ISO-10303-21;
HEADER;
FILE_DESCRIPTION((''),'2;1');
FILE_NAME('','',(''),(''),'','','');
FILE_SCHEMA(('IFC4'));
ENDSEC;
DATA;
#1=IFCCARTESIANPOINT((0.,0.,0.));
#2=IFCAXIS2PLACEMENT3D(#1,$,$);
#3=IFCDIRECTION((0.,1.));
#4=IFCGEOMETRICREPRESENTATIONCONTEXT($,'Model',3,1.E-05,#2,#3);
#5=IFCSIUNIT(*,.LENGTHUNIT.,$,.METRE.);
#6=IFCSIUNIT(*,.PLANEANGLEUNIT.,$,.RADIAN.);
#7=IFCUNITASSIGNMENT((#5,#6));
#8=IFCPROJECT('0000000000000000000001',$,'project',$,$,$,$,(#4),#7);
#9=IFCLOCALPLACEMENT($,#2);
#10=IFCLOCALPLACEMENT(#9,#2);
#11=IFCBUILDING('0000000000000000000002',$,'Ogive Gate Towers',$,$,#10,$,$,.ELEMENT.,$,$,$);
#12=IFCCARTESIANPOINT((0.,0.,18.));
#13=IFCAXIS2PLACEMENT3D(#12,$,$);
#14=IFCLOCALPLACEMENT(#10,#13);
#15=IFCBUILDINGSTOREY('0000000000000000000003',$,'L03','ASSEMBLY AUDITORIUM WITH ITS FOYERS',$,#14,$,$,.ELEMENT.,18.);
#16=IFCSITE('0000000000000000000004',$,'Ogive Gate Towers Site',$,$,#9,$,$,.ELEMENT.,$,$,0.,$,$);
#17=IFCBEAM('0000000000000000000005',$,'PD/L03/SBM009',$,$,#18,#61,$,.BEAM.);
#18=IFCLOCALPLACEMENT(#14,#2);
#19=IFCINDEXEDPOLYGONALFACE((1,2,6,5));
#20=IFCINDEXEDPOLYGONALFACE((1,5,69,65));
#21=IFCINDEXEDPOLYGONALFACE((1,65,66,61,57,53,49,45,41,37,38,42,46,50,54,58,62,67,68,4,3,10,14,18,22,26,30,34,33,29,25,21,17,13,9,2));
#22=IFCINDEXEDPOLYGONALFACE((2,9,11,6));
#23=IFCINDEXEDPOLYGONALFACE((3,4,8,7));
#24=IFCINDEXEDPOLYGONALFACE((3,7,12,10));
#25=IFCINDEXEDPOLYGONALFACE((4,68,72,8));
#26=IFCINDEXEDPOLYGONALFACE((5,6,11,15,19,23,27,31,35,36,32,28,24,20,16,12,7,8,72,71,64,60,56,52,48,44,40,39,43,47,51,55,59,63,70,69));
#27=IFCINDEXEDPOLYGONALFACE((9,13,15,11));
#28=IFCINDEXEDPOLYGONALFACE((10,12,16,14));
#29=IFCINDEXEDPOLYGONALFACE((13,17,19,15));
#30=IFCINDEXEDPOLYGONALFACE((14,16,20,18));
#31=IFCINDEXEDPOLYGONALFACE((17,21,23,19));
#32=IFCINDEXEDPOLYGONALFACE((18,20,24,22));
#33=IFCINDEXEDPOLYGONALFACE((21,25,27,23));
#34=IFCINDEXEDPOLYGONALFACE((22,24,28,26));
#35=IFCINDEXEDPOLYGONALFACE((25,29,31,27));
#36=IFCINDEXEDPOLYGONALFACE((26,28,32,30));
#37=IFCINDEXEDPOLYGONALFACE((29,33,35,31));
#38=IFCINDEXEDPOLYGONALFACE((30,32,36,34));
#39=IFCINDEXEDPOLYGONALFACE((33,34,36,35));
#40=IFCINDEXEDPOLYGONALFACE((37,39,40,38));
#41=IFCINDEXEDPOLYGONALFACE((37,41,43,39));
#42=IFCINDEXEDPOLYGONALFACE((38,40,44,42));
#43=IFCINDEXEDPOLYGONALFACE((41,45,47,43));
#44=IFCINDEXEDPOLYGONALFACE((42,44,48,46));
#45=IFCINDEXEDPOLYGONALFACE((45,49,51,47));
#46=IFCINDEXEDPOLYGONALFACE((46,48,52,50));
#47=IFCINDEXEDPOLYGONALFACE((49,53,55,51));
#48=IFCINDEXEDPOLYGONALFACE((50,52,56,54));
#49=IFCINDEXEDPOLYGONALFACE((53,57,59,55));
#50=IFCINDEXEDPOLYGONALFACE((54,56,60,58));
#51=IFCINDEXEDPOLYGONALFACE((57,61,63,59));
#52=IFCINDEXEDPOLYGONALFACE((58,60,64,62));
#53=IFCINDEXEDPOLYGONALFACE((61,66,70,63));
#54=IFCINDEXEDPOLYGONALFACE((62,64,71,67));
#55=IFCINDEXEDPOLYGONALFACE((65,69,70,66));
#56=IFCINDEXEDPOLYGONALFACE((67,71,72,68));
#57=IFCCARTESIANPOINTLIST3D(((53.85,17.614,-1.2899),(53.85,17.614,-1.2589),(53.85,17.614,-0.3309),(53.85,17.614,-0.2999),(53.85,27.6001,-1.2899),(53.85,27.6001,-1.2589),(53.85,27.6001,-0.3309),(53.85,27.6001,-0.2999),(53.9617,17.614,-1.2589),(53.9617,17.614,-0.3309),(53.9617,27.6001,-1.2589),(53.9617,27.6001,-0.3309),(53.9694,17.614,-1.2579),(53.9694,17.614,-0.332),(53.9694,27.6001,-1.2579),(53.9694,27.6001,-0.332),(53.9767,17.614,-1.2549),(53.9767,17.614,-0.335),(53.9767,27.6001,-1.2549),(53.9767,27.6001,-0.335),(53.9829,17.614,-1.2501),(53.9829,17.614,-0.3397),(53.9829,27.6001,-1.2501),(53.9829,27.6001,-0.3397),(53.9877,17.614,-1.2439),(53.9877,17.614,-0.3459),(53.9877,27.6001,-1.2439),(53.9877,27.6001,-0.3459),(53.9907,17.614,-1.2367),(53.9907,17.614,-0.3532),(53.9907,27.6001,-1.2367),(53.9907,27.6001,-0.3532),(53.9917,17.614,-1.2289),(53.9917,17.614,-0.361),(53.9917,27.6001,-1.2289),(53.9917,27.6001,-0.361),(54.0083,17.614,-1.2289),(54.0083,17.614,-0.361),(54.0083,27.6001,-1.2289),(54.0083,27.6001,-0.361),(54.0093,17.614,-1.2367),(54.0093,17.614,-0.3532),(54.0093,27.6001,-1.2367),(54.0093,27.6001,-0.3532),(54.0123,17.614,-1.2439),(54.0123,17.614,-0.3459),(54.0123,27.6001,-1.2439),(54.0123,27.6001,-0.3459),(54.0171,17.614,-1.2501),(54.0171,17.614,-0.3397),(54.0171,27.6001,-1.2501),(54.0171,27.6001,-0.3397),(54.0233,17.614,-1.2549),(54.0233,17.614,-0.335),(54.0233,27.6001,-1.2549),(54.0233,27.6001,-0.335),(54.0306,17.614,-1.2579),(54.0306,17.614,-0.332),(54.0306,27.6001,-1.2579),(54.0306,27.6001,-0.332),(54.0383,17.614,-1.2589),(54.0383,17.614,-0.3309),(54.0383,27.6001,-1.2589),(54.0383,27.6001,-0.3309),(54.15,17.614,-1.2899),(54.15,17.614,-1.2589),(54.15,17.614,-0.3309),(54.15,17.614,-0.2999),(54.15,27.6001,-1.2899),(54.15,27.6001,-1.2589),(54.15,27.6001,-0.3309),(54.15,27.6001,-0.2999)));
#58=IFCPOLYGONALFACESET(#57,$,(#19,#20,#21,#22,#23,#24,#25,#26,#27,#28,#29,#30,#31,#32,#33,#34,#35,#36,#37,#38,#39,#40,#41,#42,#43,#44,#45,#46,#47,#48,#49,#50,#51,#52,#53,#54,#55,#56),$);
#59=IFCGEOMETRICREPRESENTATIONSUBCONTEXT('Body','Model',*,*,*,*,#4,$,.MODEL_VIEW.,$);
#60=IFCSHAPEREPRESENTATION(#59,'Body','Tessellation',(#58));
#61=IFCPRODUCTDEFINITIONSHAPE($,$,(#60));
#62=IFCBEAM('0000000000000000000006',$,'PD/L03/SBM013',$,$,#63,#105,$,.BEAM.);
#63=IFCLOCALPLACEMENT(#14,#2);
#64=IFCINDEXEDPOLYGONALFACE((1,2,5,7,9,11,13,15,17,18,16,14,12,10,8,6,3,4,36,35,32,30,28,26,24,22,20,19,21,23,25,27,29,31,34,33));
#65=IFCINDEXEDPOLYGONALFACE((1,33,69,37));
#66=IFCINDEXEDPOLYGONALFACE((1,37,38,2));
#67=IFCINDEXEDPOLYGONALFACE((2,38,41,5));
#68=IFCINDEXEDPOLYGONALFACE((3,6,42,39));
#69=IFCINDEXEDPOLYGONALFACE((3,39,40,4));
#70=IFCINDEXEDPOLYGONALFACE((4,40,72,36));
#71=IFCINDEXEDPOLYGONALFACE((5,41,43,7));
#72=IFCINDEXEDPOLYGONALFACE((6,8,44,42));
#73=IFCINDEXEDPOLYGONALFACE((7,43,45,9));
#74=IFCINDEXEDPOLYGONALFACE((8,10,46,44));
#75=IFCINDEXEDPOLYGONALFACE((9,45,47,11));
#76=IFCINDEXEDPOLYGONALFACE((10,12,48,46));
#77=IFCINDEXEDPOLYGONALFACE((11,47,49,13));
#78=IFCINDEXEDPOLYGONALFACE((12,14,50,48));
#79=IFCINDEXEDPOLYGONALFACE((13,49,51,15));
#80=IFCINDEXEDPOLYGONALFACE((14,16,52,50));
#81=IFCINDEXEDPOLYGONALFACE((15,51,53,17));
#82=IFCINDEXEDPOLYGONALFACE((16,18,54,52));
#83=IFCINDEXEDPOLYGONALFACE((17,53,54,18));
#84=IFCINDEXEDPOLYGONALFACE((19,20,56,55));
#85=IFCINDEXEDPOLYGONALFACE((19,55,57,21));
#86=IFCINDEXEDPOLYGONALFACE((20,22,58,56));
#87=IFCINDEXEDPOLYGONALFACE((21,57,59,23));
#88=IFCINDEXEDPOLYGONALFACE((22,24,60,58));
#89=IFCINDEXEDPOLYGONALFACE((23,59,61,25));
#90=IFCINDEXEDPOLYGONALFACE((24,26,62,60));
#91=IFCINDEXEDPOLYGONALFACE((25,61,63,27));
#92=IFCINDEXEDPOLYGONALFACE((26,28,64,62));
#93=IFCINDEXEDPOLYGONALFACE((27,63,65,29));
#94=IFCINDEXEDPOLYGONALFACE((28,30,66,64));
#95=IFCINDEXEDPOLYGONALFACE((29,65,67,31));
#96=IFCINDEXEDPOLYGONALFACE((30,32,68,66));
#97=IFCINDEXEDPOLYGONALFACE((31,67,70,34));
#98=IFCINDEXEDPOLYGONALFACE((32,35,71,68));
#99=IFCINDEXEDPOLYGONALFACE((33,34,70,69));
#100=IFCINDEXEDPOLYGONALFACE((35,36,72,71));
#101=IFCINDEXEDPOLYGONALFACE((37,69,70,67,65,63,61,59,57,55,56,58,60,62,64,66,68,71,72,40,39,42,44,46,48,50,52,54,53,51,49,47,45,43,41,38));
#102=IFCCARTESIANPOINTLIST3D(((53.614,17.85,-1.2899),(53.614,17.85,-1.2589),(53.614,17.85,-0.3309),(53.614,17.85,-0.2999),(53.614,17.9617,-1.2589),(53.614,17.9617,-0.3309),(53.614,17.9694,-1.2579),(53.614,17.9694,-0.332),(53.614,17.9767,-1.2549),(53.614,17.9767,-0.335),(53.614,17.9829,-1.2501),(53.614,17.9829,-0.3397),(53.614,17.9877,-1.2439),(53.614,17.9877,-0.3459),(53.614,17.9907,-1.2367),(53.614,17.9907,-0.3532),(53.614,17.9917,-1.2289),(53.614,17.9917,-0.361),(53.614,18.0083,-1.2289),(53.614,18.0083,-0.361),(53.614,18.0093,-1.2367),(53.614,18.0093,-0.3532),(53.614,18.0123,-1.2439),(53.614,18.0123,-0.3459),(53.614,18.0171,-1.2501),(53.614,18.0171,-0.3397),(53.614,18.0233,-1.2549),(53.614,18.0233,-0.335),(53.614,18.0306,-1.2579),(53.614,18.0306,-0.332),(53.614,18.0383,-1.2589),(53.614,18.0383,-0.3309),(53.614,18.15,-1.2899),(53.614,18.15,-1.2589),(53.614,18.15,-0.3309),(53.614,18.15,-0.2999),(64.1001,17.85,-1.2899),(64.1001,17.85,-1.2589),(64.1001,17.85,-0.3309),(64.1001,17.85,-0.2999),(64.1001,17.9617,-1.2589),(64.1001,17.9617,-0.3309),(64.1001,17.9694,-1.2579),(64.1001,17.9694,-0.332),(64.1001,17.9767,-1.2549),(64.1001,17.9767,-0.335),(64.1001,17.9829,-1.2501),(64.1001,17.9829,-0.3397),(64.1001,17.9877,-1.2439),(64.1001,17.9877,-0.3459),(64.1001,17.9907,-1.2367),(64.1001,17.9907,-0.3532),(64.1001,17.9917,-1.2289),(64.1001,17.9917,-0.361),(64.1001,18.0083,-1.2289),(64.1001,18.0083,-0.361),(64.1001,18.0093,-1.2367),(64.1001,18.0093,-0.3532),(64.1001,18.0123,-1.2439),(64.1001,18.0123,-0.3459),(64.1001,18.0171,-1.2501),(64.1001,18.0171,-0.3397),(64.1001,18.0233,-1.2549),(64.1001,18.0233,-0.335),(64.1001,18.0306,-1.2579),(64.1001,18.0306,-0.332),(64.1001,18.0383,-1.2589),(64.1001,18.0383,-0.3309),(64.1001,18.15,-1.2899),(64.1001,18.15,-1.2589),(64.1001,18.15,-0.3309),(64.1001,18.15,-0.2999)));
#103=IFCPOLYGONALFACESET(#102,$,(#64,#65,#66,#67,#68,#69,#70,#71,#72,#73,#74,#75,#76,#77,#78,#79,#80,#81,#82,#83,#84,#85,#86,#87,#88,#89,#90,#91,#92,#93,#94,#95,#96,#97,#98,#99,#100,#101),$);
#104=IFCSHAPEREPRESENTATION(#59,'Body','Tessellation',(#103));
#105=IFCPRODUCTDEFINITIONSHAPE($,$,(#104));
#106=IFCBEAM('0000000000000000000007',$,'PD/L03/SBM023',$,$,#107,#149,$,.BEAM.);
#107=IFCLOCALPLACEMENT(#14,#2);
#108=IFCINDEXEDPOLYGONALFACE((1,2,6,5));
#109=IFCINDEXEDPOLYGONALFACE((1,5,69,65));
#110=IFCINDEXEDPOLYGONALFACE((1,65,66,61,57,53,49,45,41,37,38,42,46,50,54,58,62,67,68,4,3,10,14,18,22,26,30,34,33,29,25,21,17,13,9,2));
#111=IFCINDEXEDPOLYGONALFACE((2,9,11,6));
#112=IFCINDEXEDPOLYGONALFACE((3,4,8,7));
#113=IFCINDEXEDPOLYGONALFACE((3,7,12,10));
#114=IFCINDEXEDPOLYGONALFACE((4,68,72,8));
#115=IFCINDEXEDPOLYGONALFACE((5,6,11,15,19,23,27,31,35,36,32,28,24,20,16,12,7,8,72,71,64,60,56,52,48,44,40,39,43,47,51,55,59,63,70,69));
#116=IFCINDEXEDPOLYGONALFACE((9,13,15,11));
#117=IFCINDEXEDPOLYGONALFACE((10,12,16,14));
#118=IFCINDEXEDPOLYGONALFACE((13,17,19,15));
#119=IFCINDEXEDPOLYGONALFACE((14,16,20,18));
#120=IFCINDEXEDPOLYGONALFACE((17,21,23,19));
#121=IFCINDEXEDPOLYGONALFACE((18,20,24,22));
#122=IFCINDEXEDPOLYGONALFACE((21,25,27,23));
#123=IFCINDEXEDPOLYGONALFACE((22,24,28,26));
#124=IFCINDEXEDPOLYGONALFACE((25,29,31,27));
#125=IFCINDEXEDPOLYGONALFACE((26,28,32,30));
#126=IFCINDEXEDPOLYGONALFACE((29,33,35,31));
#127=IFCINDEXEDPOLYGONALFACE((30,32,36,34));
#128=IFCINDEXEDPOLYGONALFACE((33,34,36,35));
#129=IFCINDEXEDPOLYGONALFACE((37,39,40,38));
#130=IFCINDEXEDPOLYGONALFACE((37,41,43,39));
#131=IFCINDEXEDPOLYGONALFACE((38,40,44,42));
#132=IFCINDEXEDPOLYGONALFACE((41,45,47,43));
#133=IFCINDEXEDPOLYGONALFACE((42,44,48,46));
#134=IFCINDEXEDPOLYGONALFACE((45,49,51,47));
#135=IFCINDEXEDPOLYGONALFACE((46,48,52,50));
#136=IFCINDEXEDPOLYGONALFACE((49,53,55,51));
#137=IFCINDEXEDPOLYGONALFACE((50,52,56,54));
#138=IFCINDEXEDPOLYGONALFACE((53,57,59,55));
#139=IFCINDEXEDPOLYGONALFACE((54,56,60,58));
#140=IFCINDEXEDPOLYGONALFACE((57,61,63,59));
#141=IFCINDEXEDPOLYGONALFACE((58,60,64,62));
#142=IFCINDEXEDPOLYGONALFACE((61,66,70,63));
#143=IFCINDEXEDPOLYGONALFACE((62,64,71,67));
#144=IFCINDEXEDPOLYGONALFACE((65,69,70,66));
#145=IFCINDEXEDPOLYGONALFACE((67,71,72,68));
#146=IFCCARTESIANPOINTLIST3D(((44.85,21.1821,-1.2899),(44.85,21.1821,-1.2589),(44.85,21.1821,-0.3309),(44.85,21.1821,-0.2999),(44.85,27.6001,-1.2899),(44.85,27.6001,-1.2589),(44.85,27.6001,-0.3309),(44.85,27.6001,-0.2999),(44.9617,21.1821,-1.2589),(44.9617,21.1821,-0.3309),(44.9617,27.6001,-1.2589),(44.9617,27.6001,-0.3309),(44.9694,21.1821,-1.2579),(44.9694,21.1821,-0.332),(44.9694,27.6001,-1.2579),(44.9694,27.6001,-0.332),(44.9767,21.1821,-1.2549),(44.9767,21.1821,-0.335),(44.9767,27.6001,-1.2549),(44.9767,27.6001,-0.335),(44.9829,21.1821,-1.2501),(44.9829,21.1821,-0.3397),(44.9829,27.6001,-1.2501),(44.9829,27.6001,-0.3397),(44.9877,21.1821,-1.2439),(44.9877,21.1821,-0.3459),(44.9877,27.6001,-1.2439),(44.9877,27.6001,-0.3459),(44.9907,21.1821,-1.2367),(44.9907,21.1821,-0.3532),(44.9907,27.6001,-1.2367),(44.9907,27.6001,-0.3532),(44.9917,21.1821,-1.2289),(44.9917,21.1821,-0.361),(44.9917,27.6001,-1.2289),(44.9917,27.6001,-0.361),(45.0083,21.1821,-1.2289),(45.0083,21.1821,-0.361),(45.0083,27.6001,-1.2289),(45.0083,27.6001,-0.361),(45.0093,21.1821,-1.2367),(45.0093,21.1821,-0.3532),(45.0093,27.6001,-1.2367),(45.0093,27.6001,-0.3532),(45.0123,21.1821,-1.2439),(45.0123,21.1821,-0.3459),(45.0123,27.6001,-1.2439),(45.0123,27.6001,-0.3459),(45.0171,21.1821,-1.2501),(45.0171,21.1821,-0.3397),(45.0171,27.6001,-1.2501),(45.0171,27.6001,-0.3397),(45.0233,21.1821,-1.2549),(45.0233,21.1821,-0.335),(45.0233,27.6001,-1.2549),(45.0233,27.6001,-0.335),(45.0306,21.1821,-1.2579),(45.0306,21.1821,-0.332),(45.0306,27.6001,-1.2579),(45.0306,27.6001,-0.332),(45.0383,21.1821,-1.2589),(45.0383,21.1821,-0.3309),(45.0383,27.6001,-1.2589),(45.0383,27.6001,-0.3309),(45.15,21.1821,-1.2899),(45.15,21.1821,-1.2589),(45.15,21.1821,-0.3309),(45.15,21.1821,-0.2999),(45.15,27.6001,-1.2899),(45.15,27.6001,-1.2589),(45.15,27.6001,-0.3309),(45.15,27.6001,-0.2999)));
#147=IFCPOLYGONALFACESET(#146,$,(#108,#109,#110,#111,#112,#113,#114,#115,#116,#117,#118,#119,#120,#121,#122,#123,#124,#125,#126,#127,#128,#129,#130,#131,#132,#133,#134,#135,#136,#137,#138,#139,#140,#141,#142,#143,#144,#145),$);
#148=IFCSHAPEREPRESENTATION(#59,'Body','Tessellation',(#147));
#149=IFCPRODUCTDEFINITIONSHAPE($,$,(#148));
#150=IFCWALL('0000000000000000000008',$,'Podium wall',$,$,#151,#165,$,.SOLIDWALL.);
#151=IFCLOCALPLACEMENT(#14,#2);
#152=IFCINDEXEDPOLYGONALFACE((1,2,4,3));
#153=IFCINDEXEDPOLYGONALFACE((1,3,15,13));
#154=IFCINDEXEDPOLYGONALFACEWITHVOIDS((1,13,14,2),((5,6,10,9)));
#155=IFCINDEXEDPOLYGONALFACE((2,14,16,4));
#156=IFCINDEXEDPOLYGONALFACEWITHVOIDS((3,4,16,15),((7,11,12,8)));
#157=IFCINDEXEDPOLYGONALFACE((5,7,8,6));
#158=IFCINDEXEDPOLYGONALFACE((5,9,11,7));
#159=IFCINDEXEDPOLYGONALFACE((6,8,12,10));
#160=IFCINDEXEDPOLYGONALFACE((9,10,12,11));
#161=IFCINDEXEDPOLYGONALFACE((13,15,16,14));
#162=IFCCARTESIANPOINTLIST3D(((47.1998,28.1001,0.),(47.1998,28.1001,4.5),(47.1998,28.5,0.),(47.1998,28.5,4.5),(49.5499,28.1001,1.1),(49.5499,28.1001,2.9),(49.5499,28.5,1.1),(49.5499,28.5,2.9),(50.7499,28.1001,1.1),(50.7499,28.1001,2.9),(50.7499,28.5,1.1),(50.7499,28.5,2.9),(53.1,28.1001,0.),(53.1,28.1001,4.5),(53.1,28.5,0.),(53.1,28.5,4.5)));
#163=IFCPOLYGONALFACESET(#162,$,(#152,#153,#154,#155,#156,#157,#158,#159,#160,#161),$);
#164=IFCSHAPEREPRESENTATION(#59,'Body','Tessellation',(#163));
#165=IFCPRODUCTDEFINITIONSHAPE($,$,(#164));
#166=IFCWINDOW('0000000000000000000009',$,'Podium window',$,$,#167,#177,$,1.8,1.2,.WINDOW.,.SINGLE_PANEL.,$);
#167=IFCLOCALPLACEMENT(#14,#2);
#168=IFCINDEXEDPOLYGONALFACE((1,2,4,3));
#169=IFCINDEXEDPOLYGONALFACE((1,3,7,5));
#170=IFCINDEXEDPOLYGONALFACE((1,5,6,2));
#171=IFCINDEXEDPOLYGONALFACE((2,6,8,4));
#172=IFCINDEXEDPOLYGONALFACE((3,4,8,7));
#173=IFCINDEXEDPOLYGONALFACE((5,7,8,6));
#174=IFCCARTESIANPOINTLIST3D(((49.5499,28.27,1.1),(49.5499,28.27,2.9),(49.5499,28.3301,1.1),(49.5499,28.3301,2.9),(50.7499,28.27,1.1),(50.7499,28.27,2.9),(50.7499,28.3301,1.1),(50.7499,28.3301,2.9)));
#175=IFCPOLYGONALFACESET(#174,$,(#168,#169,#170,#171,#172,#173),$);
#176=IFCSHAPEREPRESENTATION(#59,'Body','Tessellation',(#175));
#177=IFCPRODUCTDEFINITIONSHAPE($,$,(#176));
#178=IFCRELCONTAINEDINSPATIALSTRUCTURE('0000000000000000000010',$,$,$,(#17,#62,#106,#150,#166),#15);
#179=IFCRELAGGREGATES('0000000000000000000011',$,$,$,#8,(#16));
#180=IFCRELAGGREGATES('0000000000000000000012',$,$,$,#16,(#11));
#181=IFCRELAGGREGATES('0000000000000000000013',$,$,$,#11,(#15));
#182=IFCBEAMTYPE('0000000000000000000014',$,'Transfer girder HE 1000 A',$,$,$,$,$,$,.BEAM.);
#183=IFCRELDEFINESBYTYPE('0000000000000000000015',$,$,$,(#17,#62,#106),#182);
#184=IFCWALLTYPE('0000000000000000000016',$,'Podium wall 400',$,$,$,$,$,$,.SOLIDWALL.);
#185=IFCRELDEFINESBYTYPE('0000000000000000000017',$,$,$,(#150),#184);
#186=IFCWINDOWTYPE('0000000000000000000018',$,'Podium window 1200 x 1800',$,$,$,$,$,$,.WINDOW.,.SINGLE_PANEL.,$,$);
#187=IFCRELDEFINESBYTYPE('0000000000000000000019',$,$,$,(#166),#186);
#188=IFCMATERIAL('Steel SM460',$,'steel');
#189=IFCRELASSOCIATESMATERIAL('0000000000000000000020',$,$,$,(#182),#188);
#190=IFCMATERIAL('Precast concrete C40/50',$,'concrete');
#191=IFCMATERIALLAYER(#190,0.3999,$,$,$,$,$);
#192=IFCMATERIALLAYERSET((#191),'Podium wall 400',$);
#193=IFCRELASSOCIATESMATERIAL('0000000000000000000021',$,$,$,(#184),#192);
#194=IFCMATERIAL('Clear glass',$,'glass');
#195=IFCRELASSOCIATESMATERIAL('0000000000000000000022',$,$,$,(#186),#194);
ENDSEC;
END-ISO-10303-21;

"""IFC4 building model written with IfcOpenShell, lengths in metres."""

from ifc_helpers import new_model, si_unit, direction, frame, frame_2d, origin, origin_2d, place, context, subcontext, project, spatial, rectangle, i_section, extrude, material, layer, layer_set, material_profile, profile_set, type_object, element, fill, save


model = new_model("IFC4")

# Units and contexts
model_context = context("Model", 3, precision=1e-05, world=origin(), true_north=direction((0.0, 1.0)))
body_context = subcontext(model_context, "Body", "Model", "MODEL_VIEW")
ifc_project = project(units=[si_unit("LENGTHUNIT", "METRE"), si_unit("PLANEANGLEUNIT", "RADIAN")], contexts=[model_context])

# Site, building, storey
site_placement = place(None, origin())
site = spatial("IfcSite", under=ifc_project, at=site_placement, Name="Ogive Gate Towers Site", CompositionType="ELEMENT", RefElevation=0.0)
building_placement = place(site_placement, origin())
building = spatial("IfcBuilding", under=site, at=building_placement, Name="Ogive Gate Towers", CompositionType="ELEMENT")
storey_placement = place(building_placement, frame((0.0, 0.0, 18.0)))
storey = spatial("IfcBuildingStorey", under=building, at=storey_placement, Name="L03", Description="ASSEMBLY AUDITORIUM WITH ITS FOYERS", CompositionType="ELEMENT", Elevation=18.0)

# Beams
ifc_material_1 = material(Name="Steel SM460", Category="steel")
ifc_material_profile_1 = material_profile(ifc_material_1, i_section(OverallWidth=0.3, OverallDepth=0.99, WebThickness=0.0166, FlangeThickness=0.031, FilletRadius=0.03, at=origin_2d()), Name="HE 1000 A")
ifc_profile_set_1 = profile_set([ifc_material_profile_1], Name="Steel SM460")
beam_type_1 = type_object("IfcBeamType", Name="Transfer girder HE 1000 A", PredefinedType="BEAM", material=ifc_profile_set_1)
beam_1_placement = place(storey_placement, frame((54.0, 17.614, -0.7949), z_axis=(0.0, 1.0, 0.0), x_axis=(-1.0, 0.0, 0.0)))
element("IfcBeam", 1, at=beam_1_placement, inside=storey, type_object=beam_type_1, Name="PD/L03/SBM009", PredefinedType="BEAM", context=body_context, shape_type="SweptSolid", body=[
    extrude(i_section(OverallWidth=0.3, OverallDepth=0.99, WebThickness=0.0166, FlangeThickness=0.031, FilletRadius=0.03, at=origin_2d()), origin(), (0.0, 0.0, 1.0), 9.9861),
])
beam_2_placement = place(storey_placement, frame((53.614, 18.0, -0.7949), z_axis=(1.0, 0.0, 0.0), x_axis=(0.0, 1.0, 0.0)))
element("IfcBeam", 2, at=beam_2_placement, inside=storey, type_object=beam_type_1, Name="PD/L03/SBM013", PredefinedType="BEAM", context=body_context, shape_type="SweptSolid", body=[
    extrude(i_section(OverallWidth=0.3, OverallDepth=0.99, WebThickness=0.0166, FlangeThickness=0.031, FilletRadius=0.03, at=origin_2d()), origin(), (0.0, 0.0, 1.0), 10.4861),
])
beam_3_placement = place(storey_placement, frame((45.0, 27.6001, -0.7949), z_axis=(0.0, -1.0, 0.0), x_axis=(1.0, 0.0, 0.0)))
element("IfcBeam", 3, at=beam_3_placement, inside=storey, type_object=beam_type_1, Name="PD/L03/SBM023", PredefinedType="BEAM", context=body_context, shape_type="SweptSolid", body=[
    extrude(i_section(OverallWidth=0.3, OverallDepth=0.99, WebThickness=0.0166, FlangeThickness=0.031, FilletRadius=0.03, at=origin_2d()), origin(), (0.0, 0.0, 1.0), 6.418),
])

# Wall, opening, window
ifc_material_2 = material(Name="Precast concrete C40/50", Category="concrete")
ifc_layer = layer(ifc_material_2, 0.3999)
ifc_layer_set = layer_set([ifc_layer], Name="Podium wall 400")
wall_type = type_object("IfcWallType", Name="Podium wall 400", PredefinedType="SOLIDWALL", material=ifc_layer_set)
wall_1_placement = place(storey_placement, frame((53.1001, 28.3, 0.0), z_axis=(0.0, 0.0, 1.0), x_axis=(-1.0, 0.0, 0.0)))
wall_1 = element("IfcWall", 4, at=wall_1_placement, inside=storey, type_object=wall_type, Name="Podium wall", PredefinedType="SOLIDWALL", context=body_context, shape_type="SweptSolid", body=[
    extrude(rectangle(XDim=5.9001, YDim=0.3999, at=frame_2d((2.9502, 0.0))), origin(), (0.0, 0.0, 1.0), 4.5),
])
opening_1_placement = place(wall_1_placement, frame((2.3501, 0.0, 1.1001)))
opening_1 = element("IfcOpeningElement", 5, at=opening_1_placement, cuts=wall_1, PredefinedType="OPENING", context=body_context, shape_type="SweptSolid", body=[
    extrude(rectangle(XDim=1.2, YDim=1.8, at=frame_2d((0.6001, 0.8999))), frame((0.0, 0.21, 0.0), z_axis=(0.0, -1.0, 0.0), x_axis=(1.0, 0.0, 0.0)), (0.0, 0.0, 1.0), 0.4199),
])
ifc_material_3 = material(Name="Clear glass", Category="glass")
window_type = type_object("IfcWindowType", Name="Podium window 1200 x 1800", PartitioningType="SINGLE_PANEL", PredefinedType="WINDOW", material=ifc_material_3)
window_1_placement = place(opening_1_placement, origin())
window_1 = element("IfcWindow", 6, at=window_1_placement, inside=storey, type_object=window_type, Name="Podium window", OverallHeight=1.8, OverallWidth=1.2, PartitioningType="SINGLE_PANEL", PredefinedType="WINDOW", context=body_context, shape_type="SweptSolid", body=[
    extrude(rectangle(XDim=1.2, YDim=1.8, at=frame_2d((0.6001, 0.8999))), frame((0.0, 0.03, 0.0), z_axis=(0.0, -1.0, 0.0), x_axis=(1.0, 0.0, 0.0)), (0.0, 0.0, 1.0), 0.0601),
])
fill(opening_1, window_1)

save(model, "model.ifc")
